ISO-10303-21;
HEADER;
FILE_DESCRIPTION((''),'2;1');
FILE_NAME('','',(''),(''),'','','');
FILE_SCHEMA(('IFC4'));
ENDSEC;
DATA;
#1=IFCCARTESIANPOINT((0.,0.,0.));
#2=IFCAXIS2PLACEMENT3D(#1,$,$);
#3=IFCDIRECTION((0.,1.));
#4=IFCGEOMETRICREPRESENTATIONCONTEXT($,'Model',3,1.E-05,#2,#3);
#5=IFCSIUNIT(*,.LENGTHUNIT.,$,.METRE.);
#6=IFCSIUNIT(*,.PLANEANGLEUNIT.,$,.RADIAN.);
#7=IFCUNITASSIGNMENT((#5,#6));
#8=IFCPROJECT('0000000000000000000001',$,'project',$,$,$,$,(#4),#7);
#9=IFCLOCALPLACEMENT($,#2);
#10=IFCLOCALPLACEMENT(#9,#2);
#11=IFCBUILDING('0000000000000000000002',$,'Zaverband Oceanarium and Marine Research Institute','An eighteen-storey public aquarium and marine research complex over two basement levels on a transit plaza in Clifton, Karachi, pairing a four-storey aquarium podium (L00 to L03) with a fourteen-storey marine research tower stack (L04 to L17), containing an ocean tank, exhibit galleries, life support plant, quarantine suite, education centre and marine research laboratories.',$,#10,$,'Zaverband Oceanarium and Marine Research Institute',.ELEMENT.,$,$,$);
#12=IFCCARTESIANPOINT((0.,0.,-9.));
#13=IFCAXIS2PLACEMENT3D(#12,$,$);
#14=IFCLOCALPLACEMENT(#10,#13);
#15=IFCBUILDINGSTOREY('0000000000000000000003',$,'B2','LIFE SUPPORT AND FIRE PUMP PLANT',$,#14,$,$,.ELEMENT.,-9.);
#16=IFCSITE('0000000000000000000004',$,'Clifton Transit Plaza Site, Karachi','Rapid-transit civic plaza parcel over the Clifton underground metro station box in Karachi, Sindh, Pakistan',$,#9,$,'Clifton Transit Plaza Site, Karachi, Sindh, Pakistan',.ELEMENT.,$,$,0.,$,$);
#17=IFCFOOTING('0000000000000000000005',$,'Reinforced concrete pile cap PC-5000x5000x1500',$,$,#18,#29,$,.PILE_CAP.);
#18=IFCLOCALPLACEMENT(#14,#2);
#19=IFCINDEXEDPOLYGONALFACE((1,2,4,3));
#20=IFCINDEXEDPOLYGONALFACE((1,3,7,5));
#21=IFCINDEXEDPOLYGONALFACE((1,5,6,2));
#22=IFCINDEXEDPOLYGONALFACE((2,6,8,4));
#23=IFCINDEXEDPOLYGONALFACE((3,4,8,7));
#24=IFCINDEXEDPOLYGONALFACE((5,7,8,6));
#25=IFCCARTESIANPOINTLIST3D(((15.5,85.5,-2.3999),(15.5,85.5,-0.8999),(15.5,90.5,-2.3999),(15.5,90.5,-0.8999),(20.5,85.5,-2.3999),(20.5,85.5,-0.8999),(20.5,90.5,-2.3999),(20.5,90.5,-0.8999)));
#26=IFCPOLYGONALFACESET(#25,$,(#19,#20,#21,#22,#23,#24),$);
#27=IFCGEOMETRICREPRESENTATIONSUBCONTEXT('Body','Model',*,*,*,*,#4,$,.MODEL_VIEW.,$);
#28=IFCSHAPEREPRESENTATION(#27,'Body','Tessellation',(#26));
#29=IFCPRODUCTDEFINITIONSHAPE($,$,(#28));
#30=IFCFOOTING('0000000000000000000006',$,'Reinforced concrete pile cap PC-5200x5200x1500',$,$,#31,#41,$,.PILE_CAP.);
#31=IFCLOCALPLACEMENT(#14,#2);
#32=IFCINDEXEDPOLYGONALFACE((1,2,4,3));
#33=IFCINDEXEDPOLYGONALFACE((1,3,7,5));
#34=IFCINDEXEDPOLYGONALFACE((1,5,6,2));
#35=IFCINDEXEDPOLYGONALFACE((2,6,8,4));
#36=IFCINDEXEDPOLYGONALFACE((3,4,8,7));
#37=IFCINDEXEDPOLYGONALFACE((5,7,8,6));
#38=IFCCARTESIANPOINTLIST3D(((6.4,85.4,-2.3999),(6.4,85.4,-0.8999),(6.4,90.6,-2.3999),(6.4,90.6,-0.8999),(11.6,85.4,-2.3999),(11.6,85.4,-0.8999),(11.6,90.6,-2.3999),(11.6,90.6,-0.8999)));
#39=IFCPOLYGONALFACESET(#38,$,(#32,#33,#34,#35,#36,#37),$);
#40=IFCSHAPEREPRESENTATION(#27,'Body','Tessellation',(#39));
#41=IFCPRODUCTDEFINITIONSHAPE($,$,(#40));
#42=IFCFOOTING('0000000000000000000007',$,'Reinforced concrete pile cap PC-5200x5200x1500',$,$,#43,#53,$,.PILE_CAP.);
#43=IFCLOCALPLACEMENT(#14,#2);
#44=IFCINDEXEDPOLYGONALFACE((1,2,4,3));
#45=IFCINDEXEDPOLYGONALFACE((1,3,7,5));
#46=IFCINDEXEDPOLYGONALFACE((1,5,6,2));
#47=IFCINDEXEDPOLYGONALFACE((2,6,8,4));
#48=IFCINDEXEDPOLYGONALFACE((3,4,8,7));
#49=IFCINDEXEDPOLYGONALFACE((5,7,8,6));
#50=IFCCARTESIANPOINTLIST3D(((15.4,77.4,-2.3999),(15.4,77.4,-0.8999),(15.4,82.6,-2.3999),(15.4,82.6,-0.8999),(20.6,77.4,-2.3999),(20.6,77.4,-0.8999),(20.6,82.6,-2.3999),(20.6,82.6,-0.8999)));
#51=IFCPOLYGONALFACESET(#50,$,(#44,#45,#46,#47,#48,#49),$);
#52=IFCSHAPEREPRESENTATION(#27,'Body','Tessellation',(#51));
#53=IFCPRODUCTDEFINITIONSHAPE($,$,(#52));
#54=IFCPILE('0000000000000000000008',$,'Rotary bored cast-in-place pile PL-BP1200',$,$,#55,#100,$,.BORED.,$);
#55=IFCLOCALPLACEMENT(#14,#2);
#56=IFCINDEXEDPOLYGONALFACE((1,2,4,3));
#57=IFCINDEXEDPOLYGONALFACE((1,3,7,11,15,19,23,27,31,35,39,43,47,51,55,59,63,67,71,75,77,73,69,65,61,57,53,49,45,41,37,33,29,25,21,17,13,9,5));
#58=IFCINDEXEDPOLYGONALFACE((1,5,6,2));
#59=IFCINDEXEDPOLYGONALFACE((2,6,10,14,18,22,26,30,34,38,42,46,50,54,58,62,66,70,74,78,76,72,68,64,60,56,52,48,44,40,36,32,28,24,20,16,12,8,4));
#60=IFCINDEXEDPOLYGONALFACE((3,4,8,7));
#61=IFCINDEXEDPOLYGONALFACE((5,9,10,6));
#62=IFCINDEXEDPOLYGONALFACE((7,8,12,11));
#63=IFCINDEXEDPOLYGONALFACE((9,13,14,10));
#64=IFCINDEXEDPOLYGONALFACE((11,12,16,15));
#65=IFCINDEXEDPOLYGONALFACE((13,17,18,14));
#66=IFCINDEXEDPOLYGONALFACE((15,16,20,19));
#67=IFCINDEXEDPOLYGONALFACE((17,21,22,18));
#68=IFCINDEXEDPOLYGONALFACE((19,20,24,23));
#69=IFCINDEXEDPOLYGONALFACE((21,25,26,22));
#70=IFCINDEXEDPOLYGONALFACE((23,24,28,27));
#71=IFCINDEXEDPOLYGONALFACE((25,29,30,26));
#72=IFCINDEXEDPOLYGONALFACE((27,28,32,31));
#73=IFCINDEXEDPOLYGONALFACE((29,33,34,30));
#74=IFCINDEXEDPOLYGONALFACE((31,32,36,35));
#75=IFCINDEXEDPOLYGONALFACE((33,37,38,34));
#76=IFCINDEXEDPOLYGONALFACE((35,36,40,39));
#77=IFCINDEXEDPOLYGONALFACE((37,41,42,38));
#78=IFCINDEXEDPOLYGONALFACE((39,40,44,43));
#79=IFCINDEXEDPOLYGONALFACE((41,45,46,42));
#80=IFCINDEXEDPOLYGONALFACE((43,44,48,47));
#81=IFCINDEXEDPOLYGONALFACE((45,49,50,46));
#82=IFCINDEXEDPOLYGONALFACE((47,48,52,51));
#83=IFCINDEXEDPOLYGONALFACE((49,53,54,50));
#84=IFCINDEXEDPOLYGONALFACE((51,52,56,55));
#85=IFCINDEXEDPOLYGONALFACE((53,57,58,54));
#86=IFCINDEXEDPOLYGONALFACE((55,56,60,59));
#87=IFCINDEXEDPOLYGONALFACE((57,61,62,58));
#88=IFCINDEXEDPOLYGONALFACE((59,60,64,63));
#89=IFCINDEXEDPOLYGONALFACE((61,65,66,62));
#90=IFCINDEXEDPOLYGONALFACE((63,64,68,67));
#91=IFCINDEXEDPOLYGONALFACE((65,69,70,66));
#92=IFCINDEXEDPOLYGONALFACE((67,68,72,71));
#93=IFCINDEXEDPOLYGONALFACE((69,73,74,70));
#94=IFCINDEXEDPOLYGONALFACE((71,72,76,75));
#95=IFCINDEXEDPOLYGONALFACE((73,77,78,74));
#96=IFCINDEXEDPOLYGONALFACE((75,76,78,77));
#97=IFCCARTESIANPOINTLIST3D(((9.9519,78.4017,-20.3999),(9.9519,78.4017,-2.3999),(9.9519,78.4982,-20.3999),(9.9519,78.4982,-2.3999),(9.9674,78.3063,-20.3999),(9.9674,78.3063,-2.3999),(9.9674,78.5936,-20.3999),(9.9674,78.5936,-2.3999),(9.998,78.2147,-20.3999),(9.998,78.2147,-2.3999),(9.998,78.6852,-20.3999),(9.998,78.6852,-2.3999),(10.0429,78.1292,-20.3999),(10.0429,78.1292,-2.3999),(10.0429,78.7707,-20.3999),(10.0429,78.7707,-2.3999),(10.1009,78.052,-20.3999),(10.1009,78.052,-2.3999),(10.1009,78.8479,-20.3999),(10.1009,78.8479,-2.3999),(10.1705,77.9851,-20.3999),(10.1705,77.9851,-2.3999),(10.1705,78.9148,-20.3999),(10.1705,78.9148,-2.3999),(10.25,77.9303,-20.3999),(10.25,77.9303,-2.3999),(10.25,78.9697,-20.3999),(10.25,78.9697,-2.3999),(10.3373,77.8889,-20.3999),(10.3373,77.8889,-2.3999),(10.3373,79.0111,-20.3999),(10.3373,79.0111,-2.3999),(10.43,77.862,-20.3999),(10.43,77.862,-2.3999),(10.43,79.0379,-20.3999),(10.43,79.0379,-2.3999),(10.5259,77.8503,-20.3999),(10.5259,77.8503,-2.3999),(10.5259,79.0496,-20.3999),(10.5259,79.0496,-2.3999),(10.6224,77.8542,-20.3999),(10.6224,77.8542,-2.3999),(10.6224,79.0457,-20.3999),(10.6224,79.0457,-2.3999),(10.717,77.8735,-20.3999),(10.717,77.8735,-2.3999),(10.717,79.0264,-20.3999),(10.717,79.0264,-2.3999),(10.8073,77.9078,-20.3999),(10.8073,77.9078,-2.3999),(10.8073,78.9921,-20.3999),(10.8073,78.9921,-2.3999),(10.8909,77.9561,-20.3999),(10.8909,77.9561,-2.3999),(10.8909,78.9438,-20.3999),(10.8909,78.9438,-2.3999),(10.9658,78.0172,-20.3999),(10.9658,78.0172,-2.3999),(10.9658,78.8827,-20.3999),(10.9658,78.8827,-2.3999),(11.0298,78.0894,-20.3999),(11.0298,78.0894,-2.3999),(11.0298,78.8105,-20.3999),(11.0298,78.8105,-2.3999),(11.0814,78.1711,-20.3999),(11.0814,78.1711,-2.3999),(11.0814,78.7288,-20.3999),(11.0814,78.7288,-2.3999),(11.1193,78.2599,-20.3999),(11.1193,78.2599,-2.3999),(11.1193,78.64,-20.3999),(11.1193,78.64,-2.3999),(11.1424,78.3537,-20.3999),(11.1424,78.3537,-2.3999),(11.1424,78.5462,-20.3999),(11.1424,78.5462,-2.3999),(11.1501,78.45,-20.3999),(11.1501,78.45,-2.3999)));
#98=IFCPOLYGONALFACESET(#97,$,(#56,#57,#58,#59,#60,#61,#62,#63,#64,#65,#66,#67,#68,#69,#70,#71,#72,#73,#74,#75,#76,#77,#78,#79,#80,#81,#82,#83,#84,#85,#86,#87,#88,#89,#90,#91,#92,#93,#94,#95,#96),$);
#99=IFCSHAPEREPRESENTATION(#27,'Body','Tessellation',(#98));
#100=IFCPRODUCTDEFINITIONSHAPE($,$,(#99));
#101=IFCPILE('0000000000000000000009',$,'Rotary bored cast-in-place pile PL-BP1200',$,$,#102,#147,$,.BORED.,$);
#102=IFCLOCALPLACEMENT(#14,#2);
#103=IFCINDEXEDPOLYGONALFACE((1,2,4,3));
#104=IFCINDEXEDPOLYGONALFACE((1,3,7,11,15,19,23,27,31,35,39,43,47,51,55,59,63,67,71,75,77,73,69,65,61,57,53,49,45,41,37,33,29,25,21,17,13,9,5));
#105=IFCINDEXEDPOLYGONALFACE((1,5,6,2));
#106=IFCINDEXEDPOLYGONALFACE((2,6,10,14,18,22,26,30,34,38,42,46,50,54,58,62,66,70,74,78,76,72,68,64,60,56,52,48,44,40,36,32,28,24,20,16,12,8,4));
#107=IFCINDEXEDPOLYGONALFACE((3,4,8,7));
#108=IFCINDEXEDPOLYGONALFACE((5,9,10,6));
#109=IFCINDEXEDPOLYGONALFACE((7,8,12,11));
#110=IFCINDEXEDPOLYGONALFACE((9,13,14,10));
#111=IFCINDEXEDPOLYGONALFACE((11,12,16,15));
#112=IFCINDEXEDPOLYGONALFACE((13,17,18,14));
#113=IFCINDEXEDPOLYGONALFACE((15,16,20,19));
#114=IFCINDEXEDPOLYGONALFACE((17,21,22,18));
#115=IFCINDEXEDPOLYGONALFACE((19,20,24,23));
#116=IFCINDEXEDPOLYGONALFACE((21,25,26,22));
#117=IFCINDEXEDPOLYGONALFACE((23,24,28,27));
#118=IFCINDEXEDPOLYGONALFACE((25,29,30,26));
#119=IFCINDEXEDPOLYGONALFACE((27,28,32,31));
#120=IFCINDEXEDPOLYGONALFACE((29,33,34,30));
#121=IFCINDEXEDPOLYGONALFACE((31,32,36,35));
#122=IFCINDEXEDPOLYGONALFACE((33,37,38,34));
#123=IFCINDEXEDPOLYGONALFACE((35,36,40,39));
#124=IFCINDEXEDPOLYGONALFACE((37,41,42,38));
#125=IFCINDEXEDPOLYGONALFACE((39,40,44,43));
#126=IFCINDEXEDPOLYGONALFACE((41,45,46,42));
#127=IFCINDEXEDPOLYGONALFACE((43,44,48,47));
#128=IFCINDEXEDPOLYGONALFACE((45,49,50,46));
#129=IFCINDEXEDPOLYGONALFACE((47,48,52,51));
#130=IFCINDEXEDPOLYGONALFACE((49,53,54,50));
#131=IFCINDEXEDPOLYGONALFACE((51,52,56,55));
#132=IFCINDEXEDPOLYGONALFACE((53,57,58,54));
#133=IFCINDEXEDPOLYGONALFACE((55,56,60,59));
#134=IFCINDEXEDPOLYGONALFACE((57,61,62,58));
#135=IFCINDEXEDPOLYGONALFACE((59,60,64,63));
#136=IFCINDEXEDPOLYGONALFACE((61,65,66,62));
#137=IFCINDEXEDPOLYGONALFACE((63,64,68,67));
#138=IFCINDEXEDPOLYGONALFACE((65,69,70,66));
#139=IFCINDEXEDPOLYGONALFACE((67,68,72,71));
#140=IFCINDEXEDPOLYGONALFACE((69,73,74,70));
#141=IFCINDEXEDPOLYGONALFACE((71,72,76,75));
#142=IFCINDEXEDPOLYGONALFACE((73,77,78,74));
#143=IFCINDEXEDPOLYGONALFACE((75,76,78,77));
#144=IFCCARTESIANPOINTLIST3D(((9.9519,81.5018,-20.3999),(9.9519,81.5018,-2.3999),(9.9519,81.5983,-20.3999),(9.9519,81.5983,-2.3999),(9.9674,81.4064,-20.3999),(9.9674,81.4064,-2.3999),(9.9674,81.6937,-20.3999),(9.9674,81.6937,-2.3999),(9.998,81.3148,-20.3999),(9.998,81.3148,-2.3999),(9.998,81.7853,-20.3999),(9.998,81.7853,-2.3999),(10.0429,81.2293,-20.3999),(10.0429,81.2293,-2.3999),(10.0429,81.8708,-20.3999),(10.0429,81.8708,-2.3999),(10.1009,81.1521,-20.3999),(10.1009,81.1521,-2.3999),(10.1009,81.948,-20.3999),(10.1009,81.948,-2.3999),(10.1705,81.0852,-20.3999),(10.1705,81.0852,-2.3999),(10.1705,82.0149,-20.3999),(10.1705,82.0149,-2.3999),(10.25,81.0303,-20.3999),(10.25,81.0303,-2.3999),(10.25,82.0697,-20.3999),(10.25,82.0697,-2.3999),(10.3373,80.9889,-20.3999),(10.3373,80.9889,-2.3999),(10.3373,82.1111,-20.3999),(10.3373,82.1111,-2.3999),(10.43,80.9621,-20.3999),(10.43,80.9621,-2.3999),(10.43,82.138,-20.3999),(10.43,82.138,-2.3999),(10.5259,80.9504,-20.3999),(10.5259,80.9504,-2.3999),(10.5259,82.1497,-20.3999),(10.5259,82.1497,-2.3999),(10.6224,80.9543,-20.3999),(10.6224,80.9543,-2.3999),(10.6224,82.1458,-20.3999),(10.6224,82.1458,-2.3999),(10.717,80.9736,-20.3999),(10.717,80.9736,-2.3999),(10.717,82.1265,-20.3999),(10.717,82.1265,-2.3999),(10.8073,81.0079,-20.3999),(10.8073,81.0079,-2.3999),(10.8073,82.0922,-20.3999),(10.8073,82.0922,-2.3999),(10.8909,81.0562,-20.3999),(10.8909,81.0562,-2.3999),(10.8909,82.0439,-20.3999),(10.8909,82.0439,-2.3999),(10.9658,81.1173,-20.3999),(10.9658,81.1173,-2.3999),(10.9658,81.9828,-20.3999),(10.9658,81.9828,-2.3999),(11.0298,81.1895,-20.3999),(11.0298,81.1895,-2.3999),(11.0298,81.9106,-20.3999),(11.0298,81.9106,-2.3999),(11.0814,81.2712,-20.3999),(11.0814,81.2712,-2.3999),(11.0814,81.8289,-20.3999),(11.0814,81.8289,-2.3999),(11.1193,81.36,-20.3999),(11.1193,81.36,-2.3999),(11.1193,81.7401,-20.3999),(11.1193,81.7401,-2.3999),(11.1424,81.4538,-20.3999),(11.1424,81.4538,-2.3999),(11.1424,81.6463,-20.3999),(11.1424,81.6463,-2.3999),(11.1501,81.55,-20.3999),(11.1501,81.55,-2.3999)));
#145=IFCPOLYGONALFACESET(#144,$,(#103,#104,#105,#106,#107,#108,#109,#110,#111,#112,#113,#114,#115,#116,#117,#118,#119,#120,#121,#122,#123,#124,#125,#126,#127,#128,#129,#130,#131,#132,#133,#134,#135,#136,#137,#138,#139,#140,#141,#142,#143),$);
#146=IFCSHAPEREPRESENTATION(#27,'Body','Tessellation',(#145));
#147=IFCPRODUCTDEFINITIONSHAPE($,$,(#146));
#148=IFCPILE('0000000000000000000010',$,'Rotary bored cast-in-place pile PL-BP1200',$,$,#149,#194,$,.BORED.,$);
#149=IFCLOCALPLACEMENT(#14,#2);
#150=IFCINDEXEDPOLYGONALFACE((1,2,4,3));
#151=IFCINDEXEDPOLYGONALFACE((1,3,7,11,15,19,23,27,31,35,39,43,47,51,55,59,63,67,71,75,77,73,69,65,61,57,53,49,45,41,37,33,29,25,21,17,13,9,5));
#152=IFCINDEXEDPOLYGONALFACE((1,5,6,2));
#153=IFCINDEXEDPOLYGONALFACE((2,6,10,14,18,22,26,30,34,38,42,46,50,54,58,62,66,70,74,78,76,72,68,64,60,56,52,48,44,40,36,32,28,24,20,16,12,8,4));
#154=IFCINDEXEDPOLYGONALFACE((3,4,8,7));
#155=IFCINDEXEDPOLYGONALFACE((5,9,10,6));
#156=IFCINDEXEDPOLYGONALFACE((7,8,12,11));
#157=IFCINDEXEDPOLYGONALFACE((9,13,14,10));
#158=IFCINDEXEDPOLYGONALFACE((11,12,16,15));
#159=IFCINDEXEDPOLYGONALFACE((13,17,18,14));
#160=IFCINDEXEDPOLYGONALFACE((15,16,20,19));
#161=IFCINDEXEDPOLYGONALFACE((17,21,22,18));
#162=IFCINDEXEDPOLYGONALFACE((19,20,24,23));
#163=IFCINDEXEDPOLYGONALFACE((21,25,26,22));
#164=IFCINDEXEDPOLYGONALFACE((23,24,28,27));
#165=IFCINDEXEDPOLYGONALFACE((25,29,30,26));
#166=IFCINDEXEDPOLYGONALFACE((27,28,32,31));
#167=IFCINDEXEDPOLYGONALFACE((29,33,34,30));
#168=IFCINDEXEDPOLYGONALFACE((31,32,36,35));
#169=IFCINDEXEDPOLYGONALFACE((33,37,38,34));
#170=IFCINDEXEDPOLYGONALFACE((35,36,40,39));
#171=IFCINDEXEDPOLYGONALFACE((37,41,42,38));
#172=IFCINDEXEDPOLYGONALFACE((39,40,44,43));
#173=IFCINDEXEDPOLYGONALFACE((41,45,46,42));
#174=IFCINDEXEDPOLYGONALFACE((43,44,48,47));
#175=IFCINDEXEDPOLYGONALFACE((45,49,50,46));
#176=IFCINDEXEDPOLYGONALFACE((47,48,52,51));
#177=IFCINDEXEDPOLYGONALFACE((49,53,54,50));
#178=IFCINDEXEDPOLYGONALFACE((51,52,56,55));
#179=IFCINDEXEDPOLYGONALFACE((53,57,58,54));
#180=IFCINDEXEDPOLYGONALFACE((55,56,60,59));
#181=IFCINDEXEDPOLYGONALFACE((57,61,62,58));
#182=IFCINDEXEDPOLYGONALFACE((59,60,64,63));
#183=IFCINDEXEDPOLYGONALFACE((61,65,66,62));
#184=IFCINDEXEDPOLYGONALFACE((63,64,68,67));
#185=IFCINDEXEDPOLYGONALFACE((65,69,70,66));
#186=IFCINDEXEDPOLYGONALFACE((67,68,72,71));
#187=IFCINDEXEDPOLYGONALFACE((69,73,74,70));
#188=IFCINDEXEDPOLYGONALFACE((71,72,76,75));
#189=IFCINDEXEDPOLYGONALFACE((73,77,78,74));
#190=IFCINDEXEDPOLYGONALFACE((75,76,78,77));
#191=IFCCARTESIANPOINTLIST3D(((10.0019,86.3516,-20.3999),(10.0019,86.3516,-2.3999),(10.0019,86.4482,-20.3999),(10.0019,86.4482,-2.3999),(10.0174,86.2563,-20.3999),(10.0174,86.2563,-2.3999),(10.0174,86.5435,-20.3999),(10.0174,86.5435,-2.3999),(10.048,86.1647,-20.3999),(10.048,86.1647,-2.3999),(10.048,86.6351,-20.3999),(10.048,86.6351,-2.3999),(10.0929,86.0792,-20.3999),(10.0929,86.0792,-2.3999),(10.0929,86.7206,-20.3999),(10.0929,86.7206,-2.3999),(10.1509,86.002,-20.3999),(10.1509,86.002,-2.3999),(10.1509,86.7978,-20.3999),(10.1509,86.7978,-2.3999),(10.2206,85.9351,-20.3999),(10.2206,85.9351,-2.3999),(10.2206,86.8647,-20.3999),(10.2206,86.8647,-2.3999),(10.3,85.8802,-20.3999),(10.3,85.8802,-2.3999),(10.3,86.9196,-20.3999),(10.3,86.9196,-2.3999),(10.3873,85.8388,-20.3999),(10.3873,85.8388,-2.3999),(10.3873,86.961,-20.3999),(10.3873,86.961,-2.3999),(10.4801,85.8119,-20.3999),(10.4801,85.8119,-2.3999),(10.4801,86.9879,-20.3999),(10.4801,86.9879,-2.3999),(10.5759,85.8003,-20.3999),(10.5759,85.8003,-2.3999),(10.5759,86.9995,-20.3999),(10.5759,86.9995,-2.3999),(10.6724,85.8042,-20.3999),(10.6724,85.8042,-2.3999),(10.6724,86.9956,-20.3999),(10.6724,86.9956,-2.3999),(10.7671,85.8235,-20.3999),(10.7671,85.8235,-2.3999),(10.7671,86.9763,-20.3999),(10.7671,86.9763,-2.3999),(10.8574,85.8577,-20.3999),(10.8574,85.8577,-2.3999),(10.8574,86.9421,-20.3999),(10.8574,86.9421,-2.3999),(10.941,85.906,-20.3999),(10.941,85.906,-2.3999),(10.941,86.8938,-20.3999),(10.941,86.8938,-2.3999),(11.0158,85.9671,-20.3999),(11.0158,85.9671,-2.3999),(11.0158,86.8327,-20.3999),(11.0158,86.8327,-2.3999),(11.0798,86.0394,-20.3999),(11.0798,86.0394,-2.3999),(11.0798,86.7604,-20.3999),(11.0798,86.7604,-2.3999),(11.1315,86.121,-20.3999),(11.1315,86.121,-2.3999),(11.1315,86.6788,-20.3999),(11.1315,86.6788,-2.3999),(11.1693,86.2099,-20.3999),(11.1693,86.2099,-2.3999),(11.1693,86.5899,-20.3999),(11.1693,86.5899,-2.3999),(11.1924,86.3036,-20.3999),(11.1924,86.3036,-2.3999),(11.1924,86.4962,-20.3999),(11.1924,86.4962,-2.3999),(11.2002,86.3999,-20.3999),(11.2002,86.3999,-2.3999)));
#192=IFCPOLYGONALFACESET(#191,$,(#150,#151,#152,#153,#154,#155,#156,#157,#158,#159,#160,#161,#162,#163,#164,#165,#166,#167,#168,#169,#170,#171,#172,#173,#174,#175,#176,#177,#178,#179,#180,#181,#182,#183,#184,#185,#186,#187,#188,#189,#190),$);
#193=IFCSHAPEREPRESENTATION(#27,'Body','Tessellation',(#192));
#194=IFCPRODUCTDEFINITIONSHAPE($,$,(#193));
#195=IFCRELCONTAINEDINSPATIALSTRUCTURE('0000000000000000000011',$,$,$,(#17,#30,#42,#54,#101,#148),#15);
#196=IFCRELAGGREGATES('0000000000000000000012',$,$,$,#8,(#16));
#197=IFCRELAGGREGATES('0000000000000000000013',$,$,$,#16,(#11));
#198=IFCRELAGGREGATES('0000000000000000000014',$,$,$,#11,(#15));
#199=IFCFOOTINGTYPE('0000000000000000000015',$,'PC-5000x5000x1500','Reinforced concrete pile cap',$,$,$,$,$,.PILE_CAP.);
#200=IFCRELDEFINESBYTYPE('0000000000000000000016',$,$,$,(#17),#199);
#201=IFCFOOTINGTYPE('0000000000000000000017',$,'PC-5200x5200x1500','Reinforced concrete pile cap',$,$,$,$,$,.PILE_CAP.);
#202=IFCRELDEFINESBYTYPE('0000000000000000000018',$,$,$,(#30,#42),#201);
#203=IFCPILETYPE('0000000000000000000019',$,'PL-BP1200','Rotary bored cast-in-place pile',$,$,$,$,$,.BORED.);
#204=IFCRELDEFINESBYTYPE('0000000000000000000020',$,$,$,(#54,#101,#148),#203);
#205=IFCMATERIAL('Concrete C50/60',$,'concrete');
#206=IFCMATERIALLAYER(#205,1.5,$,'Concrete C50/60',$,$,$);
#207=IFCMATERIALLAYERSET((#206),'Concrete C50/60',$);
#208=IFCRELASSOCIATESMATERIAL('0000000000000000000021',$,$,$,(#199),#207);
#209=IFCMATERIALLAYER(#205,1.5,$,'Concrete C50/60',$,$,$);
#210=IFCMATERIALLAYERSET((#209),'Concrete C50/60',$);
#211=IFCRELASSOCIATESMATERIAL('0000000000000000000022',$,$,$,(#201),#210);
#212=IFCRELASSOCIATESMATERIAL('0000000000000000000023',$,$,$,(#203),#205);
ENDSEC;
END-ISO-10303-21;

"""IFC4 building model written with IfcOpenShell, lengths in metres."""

from ifc_helpers import new_model, si_unit, direction, frame, origin, origin_2d, place, context, subcontext, project, spatial, rectangle, circle, extrude, material, layer, layer_set, material_profile, profile_set, type_object, element, save


model = new_model("IFC4")

# Units and contexts
model_context = context("Model", 3, precision=1e-05, world=origin(), true_north=direction((0.0, 1.0)))
body_context = subcontext(model_context, "Body", "Model", "MODEL_VIEW")
ifc_project = project(units=[si_unit("LENGTHUNIT", "METRE"), si_unit("PLANEANGLEUNIT", "RADIAN")], contexts=[model_context])

# Site, building, storey
site_placement = place(None, origin())
site = spatial("IfcSite", under=ifc_project, at=site_placement, Name="Clifton Transit Plaza Site, Karachi", Description="Rapid-transit civic plaza parcel over the Clifton underground metro station box in Karachi, Sindh, Pakistan", LongName="Clifton Transit Plaza Site, Karachi, Sindh, Pakistan", CompositionType="ELEMENT", RefElevation=0.0)
building_placement = place(site_placement, origin())
building = spatial("IfcBuilding", under=site, at=building_placement, Name="Zaverband Oceanarium and Marine Research Institute", Description="An eighteen-storey public aquarium and marine research complex over two basement levels on a transit plaza in Clifton, Karachi, pairing a four-storey aquarium podium (L00 to L03) with a fourteen-storey marine research tower stack (L04 to L17), containing an ocean tank, exhibit galleries, life support plant, quarantine suite, education centre and marine research laboratories.", LongName="Zaverband Oceanarium and Marine Research Institute", CompositionType="ELEMENT")
storey_placement = place(building_placement, frame((0.0, 0.0, -9.0)))
storey = spatial("IfcBuildingStorey", under=building, at=storey_placement, Name="B2", Description="LIFE SUPPORT AND FIRE PUMP PLANT", CompositionType="ELEMENT", Elevation=-9.0)

# Footings
ifc_material_1 = material(Name="Concrete C50/60", Category="concrete")
ifc_layer_1 = layer(ifc_material_1, 1.5, Name="Concrete C50/60")
ifc_layer_set_1 = layer_set([ifc_layer_1], Name="Concrete C50/60")
footing_type_1 = type_object("IfcFootingType", Name="PC-5000x5000x1500", Description="Reinforced concrete pile cap", PredefinedType="PILE_CAP", material=ifc_layer_set_1)
footing_placement = place(storey_placement, frame((18.0, 88.0, -2.3999), z_axis=(0.0, 0.0, 1.0), x_axis=(1.0, 0.0, 0.0)))
element("IfcFooting", 1, at=footing_placement, inside=storey, type_object=footing_type_1, Name="Reinforced concrete pile cap PC-5000x5000x1500", PredefinedType="PILE_CAP", context=body_context, shape_type="SweptSolid", body=[
    extrude(rectangle(XDim=5.0, YDim=5.0, at=origin_2d()), origin(), (0.0, 0.0, 1.0), 1.5),
])
ifc_layer_2 = layer(ifc_material_1, 1.5, Name="Concrete C50/60")
ifc_layer_set_2 = layer_set([ifc_layer_2], Name="Concrete C50/60")
footing_type_2 = type_object("IfcFootingType", Name="PC-5200x5200x1500", Description="Reinforced concrete pile cap", PredefinedType="PILE_CAP", material=ifc_layer_set_2)
for number, where, z_axis, x_axis, name in (
    (2, (9.0, 88.0, -2.3999), (0.0, 0.0, 1.0), (1.0, 0.0, 0.0), "Reinforced concrete pile cap PC-5200x5200x1500"),
    (3, (18.0, 80.0, -2.3999), (0.0, 0.0, 1.0), (1.0, 0.0, 0.0), "Reinforced concrete pile cap PC-5200x5200x1500"),
):
    element("IfcFooting", number, at=place(storey_placement, frame(where, z_axis=z_axis, x_axis=x_axis)), inside=storey, type_object=footing_type_2, Name=name, PredefinedType="PILE_CAP", context=body_context, shape_type="SweptSolid", body=[
        extrude(rectangle(XDim=5.2, YDim=5.2, at=origin_2d()), origin(), (0.0, 0.0, 1.0), 1.5),
    ])

# Piles
ifc_material_profile_1 = material_profile(ifc_material_1, circle(Radius=0.6001, at=origin_2d()), Name="BP1200")
ifc_profile_set_1 = profile_set([ifc_material_profile_1], Name="Concrete C50/60")
pile_type = type_object("IfcPileType", Name="PL-BP1200", Description="Rotary bored cast-in-place pile", PredefinedType="BORED", material=ifc_profile_set_1)
for number, where, z_axis, x_axis, name in (
    (4, (10.55, 78.45, -2.3999), (0.0, 0.0, -1.0), (1.0, 0.0, 0.0), "Rotary bored cast-in-place pile PL-BP1200"),
    (5, (10.55, 81.55, -2.3999), (0.0, 0.0, -1.0), (1.0, 0.0, 0.0), "Rotary bored cast-in-place pile PL-BP1200"),
    (6, (10.6001, 86.3999, -2.3999), (0.0, 0.0, -1.0), (1.0, 0.0, 0.0), "Rotary bored cast-in-place pile PL-BP1200"),
):
    element("IfcPile", number, at=place(storey_placement, frame(where, z_axis=z_axis, x_axis=x_axis)), inside=storey, type_object=pile_type, Name=name, PredefinedType="BORED", context=body_context, shape_type="SweptSolid", body=[
        extrude(circle(Radius=0.6001, at=origin_2d()), origin(), (0.0, 0.0, 1.0), 18.0),
    ])

save(model, "model.ifc")
